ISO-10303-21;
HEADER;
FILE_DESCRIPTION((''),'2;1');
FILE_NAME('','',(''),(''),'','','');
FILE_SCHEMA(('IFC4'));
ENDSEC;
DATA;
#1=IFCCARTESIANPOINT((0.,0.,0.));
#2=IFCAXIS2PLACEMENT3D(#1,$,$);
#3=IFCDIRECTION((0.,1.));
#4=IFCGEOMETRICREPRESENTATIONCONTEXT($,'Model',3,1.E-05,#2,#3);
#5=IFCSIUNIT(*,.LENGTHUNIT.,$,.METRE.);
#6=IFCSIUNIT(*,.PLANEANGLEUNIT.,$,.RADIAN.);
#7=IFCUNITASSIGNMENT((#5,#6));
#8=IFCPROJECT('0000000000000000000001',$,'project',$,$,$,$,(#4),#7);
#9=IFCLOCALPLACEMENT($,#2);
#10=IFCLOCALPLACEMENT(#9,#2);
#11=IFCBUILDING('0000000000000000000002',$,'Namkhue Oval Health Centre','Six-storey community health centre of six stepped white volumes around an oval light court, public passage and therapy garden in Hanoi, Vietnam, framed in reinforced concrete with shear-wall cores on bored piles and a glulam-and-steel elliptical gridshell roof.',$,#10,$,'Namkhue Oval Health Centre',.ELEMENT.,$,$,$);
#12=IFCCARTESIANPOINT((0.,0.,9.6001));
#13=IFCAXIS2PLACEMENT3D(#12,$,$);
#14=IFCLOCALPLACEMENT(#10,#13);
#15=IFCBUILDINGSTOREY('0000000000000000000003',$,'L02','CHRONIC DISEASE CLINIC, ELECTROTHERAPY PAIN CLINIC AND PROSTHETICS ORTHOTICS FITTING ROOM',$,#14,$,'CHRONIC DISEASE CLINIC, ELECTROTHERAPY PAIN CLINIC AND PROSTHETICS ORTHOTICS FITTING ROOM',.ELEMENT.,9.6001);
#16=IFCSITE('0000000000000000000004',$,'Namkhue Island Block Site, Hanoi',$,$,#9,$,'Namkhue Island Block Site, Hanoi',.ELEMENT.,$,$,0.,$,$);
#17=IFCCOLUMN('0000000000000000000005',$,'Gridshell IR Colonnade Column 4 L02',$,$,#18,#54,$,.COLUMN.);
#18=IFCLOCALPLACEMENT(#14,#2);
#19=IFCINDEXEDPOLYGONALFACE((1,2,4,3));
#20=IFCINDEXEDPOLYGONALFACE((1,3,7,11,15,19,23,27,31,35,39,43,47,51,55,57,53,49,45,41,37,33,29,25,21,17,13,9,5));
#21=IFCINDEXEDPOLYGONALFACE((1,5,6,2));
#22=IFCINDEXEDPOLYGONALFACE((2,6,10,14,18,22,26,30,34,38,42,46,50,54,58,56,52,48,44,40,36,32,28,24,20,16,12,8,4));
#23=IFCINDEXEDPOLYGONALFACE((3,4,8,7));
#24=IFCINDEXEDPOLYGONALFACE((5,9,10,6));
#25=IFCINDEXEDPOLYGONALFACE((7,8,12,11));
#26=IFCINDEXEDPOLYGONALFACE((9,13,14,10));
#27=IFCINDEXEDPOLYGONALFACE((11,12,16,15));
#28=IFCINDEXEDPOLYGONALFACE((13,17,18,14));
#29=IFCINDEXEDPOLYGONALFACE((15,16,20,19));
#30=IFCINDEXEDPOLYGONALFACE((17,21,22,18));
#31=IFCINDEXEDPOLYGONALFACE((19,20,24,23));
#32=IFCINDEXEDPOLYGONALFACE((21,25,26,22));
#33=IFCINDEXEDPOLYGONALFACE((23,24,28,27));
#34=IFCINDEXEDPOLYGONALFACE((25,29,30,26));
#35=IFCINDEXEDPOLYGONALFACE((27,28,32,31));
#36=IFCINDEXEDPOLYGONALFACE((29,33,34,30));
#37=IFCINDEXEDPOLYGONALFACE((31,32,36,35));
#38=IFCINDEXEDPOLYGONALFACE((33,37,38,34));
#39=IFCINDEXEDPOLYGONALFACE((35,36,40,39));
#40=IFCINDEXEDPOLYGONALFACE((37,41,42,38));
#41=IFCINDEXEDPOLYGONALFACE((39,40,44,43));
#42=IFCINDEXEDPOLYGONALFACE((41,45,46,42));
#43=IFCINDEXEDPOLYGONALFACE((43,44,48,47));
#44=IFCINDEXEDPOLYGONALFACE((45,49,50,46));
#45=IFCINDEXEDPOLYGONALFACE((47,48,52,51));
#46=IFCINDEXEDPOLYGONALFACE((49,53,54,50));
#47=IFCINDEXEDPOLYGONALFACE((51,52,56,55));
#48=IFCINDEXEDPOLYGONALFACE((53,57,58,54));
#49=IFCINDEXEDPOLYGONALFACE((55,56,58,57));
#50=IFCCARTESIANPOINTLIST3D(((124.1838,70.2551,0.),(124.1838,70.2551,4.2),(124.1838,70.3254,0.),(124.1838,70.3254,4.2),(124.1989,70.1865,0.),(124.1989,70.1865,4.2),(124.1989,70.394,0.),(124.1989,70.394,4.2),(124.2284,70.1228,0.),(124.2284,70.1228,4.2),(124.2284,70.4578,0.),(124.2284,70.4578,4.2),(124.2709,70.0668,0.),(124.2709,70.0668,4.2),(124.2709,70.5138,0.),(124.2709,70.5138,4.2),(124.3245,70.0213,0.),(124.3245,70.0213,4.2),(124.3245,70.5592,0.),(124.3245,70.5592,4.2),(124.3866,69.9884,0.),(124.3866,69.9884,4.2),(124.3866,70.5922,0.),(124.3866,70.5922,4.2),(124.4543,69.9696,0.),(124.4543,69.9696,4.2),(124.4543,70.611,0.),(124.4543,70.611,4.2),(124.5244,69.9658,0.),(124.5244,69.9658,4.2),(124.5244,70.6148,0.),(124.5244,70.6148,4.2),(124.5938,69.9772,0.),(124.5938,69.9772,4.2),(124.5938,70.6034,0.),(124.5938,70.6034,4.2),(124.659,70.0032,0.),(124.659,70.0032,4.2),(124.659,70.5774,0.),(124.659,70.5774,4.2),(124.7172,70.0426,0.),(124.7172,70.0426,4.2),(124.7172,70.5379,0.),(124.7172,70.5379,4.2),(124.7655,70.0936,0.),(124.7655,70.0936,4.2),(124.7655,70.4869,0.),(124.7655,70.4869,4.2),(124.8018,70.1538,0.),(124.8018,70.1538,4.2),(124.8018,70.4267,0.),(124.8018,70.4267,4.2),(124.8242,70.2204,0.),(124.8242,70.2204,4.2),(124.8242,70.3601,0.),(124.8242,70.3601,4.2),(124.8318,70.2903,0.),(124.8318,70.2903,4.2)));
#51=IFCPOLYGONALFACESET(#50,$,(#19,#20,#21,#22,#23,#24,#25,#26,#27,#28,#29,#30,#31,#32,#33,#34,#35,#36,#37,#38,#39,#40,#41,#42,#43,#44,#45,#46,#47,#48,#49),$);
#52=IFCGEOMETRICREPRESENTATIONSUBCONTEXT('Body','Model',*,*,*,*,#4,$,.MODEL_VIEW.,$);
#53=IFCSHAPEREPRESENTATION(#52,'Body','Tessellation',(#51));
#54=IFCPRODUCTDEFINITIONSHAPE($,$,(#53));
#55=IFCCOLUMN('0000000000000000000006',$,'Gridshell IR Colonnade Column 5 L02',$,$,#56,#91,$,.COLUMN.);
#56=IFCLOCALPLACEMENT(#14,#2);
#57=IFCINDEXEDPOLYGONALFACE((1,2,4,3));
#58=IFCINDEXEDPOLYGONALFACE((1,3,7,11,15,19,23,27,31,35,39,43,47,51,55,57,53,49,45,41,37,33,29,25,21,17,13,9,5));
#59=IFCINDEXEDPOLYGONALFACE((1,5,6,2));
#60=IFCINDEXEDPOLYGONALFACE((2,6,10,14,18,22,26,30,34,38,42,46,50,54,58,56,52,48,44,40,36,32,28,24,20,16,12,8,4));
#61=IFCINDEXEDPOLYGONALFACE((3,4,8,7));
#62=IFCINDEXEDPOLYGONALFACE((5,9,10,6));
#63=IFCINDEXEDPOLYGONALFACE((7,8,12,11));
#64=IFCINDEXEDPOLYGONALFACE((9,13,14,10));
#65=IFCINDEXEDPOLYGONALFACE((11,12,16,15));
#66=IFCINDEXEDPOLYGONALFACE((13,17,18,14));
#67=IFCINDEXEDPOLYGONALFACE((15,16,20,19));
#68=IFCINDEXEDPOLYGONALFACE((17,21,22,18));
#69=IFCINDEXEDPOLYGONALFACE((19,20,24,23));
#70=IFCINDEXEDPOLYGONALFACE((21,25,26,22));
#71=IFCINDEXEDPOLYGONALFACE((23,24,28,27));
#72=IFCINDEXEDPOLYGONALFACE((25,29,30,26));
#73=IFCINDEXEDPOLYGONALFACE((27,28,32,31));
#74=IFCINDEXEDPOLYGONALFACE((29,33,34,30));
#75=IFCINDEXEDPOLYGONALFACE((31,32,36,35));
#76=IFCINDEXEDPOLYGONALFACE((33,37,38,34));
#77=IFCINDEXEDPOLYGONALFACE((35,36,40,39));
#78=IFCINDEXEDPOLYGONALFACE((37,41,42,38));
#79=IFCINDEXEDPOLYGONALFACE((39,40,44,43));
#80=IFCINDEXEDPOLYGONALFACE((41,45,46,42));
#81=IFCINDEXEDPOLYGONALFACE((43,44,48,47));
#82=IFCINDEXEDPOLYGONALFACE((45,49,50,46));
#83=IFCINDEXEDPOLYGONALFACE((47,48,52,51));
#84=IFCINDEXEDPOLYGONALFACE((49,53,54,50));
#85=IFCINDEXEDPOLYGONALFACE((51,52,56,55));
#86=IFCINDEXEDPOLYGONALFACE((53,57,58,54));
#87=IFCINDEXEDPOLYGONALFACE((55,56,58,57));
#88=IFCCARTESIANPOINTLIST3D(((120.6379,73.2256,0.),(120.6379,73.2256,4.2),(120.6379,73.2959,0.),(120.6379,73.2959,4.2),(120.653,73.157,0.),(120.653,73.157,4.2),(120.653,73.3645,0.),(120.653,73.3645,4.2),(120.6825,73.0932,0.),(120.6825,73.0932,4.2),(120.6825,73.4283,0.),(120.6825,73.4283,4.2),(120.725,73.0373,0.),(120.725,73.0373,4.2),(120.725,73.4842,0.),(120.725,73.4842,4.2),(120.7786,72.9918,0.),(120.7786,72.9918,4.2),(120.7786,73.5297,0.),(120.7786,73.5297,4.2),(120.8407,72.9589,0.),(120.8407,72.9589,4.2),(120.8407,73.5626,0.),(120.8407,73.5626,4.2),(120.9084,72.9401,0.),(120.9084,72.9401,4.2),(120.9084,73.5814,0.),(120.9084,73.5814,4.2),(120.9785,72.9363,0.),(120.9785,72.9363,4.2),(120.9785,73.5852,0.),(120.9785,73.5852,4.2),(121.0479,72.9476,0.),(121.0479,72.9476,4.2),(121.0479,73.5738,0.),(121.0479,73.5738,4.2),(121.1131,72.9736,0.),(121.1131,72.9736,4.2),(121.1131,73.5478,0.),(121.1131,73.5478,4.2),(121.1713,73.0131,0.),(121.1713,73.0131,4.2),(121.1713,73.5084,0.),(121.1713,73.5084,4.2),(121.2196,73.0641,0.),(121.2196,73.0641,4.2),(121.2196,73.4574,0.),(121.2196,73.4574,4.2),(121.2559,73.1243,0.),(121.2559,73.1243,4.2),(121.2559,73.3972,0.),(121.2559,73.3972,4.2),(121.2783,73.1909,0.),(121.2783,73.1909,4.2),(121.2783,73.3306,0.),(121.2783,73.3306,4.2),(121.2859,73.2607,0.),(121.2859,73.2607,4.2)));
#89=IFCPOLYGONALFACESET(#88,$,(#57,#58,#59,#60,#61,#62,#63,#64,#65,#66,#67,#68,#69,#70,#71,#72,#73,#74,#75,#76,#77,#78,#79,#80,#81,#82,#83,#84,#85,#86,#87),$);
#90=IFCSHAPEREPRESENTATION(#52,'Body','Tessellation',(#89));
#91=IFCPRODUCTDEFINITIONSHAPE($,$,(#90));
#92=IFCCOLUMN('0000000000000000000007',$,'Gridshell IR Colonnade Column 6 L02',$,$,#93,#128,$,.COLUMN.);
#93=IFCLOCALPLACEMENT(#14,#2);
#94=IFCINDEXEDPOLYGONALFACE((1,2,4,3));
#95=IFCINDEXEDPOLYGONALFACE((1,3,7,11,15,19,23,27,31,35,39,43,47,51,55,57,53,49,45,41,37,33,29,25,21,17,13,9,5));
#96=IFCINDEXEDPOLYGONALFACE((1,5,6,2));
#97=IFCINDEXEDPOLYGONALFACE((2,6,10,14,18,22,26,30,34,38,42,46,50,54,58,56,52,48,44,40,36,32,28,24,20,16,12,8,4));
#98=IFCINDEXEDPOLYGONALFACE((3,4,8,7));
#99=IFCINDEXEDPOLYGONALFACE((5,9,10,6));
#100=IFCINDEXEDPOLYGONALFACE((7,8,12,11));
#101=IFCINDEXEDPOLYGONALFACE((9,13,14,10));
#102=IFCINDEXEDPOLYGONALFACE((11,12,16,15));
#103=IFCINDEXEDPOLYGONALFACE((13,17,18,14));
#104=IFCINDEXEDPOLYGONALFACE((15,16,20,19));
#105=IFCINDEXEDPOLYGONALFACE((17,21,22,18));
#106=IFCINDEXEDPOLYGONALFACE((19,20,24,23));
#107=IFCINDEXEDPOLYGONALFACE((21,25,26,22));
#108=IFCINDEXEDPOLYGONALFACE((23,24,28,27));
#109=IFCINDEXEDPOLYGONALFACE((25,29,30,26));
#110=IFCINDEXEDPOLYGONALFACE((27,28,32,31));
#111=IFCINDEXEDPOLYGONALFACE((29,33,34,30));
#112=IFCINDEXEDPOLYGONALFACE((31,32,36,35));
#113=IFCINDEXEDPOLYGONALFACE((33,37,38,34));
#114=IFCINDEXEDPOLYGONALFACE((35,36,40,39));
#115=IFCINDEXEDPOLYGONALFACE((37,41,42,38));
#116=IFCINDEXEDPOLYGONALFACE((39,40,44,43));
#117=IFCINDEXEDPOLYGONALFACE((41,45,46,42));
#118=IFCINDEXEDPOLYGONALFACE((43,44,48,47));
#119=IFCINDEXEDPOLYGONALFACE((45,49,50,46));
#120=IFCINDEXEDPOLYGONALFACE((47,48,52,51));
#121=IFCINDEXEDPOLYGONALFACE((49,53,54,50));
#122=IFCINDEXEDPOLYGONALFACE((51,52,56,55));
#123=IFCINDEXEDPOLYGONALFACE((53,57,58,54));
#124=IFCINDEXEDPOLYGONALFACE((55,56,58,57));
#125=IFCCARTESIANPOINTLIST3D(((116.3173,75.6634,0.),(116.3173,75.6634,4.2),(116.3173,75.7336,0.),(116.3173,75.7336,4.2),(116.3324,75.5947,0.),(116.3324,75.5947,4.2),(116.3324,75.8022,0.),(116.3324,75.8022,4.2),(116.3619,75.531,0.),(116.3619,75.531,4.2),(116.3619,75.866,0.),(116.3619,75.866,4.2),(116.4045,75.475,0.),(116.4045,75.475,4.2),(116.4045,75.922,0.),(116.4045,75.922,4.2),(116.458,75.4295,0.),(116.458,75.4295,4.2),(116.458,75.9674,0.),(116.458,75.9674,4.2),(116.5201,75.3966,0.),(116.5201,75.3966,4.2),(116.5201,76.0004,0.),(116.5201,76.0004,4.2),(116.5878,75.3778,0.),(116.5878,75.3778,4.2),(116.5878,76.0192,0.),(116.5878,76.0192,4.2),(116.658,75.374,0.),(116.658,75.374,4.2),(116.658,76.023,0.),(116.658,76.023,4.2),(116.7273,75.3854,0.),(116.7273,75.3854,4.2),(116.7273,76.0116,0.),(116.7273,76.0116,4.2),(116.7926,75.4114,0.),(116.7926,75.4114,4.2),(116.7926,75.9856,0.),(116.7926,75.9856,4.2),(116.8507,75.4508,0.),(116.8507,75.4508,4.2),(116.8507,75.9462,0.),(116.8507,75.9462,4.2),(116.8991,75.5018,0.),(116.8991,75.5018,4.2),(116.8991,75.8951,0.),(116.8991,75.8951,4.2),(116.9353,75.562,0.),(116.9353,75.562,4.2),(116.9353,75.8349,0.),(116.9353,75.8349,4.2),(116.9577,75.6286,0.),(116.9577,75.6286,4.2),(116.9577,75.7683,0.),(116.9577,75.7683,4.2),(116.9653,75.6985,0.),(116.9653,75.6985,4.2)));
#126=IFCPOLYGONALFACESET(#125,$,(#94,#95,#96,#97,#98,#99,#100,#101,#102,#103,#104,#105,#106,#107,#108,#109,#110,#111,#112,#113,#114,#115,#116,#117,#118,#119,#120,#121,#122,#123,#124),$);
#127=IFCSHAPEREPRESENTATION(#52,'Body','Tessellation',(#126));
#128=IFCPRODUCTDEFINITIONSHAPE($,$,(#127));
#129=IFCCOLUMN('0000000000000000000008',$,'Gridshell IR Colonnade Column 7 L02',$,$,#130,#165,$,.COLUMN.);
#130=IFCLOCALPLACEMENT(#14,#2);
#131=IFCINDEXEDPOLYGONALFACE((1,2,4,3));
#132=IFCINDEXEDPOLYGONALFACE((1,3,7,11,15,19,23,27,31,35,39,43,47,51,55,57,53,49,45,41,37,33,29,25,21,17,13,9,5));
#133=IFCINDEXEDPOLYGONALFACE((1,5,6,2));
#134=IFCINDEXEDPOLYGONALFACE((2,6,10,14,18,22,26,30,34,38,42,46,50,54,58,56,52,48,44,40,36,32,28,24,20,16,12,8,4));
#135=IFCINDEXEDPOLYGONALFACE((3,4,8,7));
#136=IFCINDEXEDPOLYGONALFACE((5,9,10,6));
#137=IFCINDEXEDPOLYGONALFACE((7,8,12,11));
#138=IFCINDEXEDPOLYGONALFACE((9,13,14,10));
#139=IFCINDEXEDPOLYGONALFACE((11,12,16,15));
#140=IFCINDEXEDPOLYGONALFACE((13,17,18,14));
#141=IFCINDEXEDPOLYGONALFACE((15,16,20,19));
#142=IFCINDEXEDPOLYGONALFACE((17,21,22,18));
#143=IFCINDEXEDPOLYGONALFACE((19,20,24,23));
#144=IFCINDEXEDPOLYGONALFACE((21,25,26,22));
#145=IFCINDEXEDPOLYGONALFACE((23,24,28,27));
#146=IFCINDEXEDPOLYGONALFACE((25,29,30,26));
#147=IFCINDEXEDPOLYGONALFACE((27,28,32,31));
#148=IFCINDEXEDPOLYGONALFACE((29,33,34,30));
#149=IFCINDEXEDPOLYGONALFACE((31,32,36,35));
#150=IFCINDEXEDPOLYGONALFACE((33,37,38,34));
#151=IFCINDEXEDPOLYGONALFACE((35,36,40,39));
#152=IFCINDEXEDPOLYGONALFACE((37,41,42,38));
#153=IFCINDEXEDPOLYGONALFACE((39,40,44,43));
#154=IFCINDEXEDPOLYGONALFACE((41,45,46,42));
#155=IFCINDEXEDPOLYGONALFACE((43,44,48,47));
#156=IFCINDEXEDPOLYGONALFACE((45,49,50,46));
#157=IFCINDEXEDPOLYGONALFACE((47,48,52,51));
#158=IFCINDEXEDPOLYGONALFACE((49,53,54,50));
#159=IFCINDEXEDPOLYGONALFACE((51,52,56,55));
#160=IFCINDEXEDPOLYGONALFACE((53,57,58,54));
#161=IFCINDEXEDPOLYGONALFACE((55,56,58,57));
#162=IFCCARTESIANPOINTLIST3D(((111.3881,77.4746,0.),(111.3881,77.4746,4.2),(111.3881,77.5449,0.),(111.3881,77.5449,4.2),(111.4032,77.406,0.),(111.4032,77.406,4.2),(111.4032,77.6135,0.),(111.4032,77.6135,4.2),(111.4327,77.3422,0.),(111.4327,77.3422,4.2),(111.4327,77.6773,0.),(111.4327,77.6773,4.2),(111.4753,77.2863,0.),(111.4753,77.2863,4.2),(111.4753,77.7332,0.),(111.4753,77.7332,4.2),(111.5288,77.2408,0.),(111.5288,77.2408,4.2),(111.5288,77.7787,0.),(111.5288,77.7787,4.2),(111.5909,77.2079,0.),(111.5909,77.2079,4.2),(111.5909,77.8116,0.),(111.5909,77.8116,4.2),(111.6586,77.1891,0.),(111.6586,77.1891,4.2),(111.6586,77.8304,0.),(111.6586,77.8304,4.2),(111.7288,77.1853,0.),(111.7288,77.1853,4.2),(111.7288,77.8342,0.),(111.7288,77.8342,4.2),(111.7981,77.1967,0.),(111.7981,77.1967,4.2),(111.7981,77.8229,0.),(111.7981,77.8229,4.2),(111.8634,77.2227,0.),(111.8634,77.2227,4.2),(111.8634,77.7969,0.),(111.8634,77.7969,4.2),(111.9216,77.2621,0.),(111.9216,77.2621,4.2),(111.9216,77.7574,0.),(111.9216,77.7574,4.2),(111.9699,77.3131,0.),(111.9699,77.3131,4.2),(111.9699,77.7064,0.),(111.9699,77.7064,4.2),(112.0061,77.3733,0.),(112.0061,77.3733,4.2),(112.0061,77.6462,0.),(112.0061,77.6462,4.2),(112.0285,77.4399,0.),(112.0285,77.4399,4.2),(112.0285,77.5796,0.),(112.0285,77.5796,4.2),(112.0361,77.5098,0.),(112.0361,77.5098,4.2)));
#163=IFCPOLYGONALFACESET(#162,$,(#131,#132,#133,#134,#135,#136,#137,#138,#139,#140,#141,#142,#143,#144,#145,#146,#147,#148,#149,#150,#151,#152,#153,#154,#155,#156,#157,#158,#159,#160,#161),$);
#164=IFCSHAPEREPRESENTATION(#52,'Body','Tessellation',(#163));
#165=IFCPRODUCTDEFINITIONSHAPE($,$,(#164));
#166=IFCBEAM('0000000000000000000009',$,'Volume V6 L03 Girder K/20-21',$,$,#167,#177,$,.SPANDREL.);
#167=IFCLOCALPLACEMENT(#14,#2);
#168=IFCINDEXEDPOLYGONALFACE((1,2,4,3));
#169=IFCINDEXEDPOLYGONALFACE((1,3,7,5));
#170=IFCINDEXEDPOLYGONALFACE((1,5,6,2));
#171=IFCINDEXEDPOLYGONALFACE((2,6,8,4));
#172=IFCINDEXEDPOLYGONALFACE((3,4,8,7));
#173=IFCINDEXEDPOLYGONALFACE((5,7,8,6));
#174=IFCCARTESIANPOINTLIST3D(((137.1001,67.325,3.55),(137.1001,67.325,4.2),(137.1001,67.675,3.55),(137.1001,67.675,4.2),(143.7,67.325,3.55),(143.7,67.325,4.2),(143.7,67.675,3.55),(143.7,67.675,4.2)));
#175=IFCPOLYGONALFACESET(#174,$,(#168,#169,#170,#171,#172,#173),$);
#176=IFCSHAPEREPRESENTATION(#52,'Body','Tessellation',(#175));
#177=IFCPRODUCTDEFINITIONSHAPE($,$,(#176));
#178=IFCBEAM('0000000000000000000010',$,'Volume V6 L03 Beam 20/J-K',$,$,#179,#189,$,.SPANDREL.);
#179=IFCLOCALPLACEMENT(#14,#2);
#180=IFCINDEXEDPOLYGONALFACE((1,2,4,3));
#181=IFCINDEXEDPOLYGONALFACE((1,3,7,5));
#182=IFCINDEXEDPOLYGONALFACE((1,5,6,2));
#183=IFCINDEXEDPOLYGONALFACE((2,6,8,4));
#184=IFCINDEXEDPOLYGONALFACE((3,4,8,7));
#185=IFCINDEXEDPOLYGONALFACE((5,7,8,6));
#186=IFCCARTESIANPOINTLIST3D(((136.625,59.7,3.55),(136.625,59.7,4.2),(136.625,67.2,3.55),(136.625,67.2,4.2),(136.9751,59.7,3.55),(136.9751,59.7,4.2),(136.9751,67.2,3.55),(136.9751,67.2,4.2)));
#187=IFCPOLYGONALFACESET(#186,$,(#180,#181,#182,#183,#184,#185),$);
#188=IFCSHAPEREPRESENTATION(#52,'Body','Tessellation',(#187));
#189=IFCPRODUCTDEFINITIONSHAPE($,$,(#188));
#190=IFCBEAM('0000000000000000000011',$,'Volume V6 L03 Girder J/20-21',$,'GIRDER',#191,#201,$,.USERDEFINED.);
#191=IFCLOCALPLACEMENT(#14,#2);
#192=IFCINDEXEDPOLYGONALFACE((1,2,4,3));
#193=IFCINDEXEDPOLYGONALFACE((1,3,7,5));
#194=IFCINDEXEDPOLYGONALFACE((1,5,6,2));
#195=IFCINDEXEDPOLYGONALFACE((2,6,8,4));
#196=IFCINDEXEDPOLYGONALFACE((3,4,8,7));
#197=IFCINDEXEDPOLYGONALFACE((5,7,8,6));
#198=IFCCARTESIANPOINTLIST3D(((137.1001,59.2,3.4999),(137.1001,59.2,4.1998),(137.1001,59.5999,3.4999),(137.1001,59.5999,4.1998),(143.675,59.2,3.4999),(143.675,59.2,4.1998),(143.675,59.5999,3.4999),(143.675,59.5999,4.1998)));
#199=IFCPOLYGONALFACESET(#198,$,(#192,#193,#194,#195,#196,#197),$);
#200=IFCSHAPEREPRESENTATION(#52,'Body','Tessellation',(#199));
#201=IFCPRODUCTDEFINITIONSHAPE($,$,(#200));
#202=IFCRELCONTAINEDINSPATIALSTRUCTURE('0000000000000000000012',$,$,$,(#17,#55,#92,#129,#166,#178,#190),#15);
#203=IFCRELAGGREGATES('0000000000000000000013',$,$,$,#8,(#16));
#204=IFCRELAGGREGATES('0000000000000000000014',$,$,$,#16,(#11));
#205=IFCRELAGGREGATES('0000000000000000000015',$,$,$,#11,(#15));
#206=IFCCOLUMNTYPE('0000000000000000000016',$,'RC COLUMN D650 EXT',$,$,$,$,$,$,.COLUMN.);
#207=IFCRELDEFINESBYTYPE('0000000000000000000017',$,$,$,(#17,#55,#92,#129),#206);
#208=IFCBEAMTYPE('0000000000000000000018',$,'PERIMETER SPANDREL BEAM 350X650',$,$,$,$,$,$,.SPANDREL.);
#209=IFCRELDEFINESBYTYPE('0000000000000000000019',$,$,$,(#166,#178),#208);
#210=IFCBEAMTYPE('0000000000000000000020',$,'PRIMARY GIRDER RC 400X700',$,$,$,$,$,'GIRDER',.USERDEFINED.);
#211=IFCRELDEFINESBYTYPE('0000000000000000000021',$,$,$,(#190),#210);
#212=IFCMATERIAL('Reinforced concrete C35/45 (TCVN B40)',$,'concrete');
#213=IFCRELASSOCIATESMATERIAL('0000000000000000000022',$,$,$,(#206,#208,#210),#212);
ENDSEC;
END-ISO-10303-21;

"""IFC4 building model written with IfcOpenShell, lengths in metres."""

from ifc_helpers import new_model, si_unit, direction, frame, origin, origin_2d, place, context, subcontext, project, spatial, rectangle, circle, extrude, material, material_profile, profile_set, type_object, element, save


model = new_model("IFC4")

# Units and contexts
model_context = context("Model", 3, precision=1e-05, world=origin(), true_north=direction((0.0, 1.0)))
body_context = subcontext(model_context, "Body", "Model", "MODEL_VIEW")
ifc_project = project(units=[si_unit("LENGTHUNIT", "METRE"), si_unit("PLANEANGLEUNIT", "RADIAN")], contexts=[model_context])

# Site, building, storey
site_placement = place(None, origin())
site = spatial("IfcSite", under=ifc_project, at=site_placement, Name="Namkhue Island Block Site, Hanoi", LongName="Namkhue Island Block Site, Hanoi", CompositionType="ELEMENT", RefElevation=0.0)
building_placement = place(site_placement, origin())
building = spatial("IfcBuilding", under=site, at=building_placement, Name="Namkhue Oval Health Centre", Description="Six-storey community health centre of six stepped white volumes around an oval light court, public passage and therapy garden in Hanoi, Vietnam, framed in reinforced concrete with shear-wall cores on bored piles and a glulam-and-steel elliptical gridshell roof.", LongName="Namkhue Oval Health Centre", CompositionType="ELEMENT")
storey_placement = place(building_placement, frame((0.0, 0.0, 9.6001)))
storey = spatial("IfcBuildingStorey", under=building, at=storey_placement, Name="L02", Description="CHRONIC DISEASE CLINIC, ELECTROTHERAPY PAIN CLINIC AND PROSTHETICS ORTHOTICS FITTING ROOM", LongName="CHRONIC DISEASE CLINIC, ELECTROTHERAPY PAIN CLINIC AND PROSTHETICS ORTHOTICS FITTING ROOM", CompositionType="ELEMENT", Elevation=9.6001)

# Columns
ifc_material_1 = material(Name="Reinforced concrete C35/45 (TCVN B40)", Category="concrete")
ifc_material_profile_1 = material_profile(ifc_material_1, circle(Radius=0.325, at=origin_2d()), Name="RC D650")
ifc_profile_set_1 = profile_set([ifc_material_profile_1], Name="Reinforced concrete C35/45 (TCVN B40)")
column_type_1 = type_object("IfcColumnType", Name="RC COLUMN D650 EXT", PredefinedType="COLUMN", material=ifc_profile_set_1)
for number, where, z_axis, x_axis, name in (
    (1, (124.5068, 70.2903, 0.0), (0.0, 0.0, 1.0), (1.0, 0.0, 0.0), "Gridshell IR Colonnade Column 4 L02"),
    (2, (120.9609, 73.2607, 0.0), (0.0, 0.0, 1.0), (1.0, 0.0, 0.0), "Gridshell IR Colonnade Column 5 L02"),
    (3, (116.6404, 75.6985, 0.0), (0.0, 0.0, 1.0), (1.0, 0.0, 0.0), "Gridshell IR Colonnade Column 6 L02"),
    (4, (111.7112, 77.5098, 0.0), (0.0, 0.0, 1.0), (1.0, 0.0, 0.0), "Gridshell IR Colonnade Column 7 L02"),
):
    element("IfcColumn", number, at=place(storey_placement, frame(where, z_axis=z_axis, x_axis=x_axis)), inside=storey, type_object=column_type_1, Name=name, PredefinedType="COLUMN", context=body_context, shape_type="SweptSolid", body=[
        extrude(circle(Radius=0.325, at=origin_2d()), origin(), (0.0, 0.0, 1.0), 4.2),
    ])

# Beams
ifc_material_profile_2 = material_profile(ifc_material_1, rectangle(XDim=0.3501, YDim=0.6499, at=origin_2d()), Name="RC 350x650")
ifc_profile_set_2 = profile_set([ifc_material_profile_2], Name="Reinforced concrete C35/45 (TCVN B40)")
beam_type_1 = type_object("IfcBeamType", Name="PERIMETER SPANDREL BEAM 350X650", PredefinedType="SPANDREL", material=ifc_profile_set_2)
beam_1_placement = place(storey_placement, frame((137.1001, 67.5, 3.875), z_axis=(1.0, 0.0, 0.0), x_axis=(0.0, 1.0, 0.0)))
element("IfcBeam", 5, at=beam_1_placement, inside=storey, type_object=beam_type_1, Name="Volume V6 L03 Girder K/20-21", PredefinedType="SPANDREL", context=body_context, shape_type="SweptSolid", body=[
    extrude(rectangle(XDim=0.3501, YDim=0.6499, at=origin_2d()), origin(), (0.0, 0.0, 1.0), 6.5999),
])
beam_2_placement = place(storey_placement, frame((136.8, 59.7, 3.875), z_axis=(0.0, 1.0, 0.0), x_axis=(-1.0, 0.0, 0.0)))
element("IfcBeam", 6, at=beam_2_placement, inside=storey, type_object=beam_type_1, Name="Volume V6 L03 Beam 20/J-K", PredefinedType="SPANDREL", context=body_context, shape_type="SweptSolid", body=[
    extrude(rectangle(XDim=0.3501, YDim=0.6499, at=origin_2d()), origin(), (0.0, 0.0, 1.0), 7.5),
])
ifc_material_profile_3 = material_profile(ifc_material_1, rectangle(XDim=0.3999, YDim=0.7, at=origin_2d()), Name="RC 400x700")
ifc_profile_set_3 = profile_set([ifc_material_profile_3], Name="Reinforced concrete C35/45 (TCVN B40)")
beam_type_2 = type_object("IfcBeamType", Name="PRIMARY GIRDER RC 400X700", ElementType="GIRDER", PredefinedType="USERDEFINED", material=ifc_profile_set_3)
beam_3_placement = place(storey_placement, frame((137.1001, 59.3999, 3.8499), z_axis=(1.0, 0.0, 0.0), x_axis=(0.0, 1.0, 0.0)))
element("IfcBeam", 7, at=beam_3_placement, inside=storey, type_object=beam_type_2, Name="Volume V6 L03 Girder J/20-21", ObjectType="GIRDER", PredefinedType="USERDEFINED", context=body_context, shape_type="SweptSolid", body=[
    extrude(rectangle(XDim=0.3999, YDim=0.7, at=origin_2d()), origin(), (0.0, 0.0, 1.0), 6.575),
])

save(model, "model.ifc")
